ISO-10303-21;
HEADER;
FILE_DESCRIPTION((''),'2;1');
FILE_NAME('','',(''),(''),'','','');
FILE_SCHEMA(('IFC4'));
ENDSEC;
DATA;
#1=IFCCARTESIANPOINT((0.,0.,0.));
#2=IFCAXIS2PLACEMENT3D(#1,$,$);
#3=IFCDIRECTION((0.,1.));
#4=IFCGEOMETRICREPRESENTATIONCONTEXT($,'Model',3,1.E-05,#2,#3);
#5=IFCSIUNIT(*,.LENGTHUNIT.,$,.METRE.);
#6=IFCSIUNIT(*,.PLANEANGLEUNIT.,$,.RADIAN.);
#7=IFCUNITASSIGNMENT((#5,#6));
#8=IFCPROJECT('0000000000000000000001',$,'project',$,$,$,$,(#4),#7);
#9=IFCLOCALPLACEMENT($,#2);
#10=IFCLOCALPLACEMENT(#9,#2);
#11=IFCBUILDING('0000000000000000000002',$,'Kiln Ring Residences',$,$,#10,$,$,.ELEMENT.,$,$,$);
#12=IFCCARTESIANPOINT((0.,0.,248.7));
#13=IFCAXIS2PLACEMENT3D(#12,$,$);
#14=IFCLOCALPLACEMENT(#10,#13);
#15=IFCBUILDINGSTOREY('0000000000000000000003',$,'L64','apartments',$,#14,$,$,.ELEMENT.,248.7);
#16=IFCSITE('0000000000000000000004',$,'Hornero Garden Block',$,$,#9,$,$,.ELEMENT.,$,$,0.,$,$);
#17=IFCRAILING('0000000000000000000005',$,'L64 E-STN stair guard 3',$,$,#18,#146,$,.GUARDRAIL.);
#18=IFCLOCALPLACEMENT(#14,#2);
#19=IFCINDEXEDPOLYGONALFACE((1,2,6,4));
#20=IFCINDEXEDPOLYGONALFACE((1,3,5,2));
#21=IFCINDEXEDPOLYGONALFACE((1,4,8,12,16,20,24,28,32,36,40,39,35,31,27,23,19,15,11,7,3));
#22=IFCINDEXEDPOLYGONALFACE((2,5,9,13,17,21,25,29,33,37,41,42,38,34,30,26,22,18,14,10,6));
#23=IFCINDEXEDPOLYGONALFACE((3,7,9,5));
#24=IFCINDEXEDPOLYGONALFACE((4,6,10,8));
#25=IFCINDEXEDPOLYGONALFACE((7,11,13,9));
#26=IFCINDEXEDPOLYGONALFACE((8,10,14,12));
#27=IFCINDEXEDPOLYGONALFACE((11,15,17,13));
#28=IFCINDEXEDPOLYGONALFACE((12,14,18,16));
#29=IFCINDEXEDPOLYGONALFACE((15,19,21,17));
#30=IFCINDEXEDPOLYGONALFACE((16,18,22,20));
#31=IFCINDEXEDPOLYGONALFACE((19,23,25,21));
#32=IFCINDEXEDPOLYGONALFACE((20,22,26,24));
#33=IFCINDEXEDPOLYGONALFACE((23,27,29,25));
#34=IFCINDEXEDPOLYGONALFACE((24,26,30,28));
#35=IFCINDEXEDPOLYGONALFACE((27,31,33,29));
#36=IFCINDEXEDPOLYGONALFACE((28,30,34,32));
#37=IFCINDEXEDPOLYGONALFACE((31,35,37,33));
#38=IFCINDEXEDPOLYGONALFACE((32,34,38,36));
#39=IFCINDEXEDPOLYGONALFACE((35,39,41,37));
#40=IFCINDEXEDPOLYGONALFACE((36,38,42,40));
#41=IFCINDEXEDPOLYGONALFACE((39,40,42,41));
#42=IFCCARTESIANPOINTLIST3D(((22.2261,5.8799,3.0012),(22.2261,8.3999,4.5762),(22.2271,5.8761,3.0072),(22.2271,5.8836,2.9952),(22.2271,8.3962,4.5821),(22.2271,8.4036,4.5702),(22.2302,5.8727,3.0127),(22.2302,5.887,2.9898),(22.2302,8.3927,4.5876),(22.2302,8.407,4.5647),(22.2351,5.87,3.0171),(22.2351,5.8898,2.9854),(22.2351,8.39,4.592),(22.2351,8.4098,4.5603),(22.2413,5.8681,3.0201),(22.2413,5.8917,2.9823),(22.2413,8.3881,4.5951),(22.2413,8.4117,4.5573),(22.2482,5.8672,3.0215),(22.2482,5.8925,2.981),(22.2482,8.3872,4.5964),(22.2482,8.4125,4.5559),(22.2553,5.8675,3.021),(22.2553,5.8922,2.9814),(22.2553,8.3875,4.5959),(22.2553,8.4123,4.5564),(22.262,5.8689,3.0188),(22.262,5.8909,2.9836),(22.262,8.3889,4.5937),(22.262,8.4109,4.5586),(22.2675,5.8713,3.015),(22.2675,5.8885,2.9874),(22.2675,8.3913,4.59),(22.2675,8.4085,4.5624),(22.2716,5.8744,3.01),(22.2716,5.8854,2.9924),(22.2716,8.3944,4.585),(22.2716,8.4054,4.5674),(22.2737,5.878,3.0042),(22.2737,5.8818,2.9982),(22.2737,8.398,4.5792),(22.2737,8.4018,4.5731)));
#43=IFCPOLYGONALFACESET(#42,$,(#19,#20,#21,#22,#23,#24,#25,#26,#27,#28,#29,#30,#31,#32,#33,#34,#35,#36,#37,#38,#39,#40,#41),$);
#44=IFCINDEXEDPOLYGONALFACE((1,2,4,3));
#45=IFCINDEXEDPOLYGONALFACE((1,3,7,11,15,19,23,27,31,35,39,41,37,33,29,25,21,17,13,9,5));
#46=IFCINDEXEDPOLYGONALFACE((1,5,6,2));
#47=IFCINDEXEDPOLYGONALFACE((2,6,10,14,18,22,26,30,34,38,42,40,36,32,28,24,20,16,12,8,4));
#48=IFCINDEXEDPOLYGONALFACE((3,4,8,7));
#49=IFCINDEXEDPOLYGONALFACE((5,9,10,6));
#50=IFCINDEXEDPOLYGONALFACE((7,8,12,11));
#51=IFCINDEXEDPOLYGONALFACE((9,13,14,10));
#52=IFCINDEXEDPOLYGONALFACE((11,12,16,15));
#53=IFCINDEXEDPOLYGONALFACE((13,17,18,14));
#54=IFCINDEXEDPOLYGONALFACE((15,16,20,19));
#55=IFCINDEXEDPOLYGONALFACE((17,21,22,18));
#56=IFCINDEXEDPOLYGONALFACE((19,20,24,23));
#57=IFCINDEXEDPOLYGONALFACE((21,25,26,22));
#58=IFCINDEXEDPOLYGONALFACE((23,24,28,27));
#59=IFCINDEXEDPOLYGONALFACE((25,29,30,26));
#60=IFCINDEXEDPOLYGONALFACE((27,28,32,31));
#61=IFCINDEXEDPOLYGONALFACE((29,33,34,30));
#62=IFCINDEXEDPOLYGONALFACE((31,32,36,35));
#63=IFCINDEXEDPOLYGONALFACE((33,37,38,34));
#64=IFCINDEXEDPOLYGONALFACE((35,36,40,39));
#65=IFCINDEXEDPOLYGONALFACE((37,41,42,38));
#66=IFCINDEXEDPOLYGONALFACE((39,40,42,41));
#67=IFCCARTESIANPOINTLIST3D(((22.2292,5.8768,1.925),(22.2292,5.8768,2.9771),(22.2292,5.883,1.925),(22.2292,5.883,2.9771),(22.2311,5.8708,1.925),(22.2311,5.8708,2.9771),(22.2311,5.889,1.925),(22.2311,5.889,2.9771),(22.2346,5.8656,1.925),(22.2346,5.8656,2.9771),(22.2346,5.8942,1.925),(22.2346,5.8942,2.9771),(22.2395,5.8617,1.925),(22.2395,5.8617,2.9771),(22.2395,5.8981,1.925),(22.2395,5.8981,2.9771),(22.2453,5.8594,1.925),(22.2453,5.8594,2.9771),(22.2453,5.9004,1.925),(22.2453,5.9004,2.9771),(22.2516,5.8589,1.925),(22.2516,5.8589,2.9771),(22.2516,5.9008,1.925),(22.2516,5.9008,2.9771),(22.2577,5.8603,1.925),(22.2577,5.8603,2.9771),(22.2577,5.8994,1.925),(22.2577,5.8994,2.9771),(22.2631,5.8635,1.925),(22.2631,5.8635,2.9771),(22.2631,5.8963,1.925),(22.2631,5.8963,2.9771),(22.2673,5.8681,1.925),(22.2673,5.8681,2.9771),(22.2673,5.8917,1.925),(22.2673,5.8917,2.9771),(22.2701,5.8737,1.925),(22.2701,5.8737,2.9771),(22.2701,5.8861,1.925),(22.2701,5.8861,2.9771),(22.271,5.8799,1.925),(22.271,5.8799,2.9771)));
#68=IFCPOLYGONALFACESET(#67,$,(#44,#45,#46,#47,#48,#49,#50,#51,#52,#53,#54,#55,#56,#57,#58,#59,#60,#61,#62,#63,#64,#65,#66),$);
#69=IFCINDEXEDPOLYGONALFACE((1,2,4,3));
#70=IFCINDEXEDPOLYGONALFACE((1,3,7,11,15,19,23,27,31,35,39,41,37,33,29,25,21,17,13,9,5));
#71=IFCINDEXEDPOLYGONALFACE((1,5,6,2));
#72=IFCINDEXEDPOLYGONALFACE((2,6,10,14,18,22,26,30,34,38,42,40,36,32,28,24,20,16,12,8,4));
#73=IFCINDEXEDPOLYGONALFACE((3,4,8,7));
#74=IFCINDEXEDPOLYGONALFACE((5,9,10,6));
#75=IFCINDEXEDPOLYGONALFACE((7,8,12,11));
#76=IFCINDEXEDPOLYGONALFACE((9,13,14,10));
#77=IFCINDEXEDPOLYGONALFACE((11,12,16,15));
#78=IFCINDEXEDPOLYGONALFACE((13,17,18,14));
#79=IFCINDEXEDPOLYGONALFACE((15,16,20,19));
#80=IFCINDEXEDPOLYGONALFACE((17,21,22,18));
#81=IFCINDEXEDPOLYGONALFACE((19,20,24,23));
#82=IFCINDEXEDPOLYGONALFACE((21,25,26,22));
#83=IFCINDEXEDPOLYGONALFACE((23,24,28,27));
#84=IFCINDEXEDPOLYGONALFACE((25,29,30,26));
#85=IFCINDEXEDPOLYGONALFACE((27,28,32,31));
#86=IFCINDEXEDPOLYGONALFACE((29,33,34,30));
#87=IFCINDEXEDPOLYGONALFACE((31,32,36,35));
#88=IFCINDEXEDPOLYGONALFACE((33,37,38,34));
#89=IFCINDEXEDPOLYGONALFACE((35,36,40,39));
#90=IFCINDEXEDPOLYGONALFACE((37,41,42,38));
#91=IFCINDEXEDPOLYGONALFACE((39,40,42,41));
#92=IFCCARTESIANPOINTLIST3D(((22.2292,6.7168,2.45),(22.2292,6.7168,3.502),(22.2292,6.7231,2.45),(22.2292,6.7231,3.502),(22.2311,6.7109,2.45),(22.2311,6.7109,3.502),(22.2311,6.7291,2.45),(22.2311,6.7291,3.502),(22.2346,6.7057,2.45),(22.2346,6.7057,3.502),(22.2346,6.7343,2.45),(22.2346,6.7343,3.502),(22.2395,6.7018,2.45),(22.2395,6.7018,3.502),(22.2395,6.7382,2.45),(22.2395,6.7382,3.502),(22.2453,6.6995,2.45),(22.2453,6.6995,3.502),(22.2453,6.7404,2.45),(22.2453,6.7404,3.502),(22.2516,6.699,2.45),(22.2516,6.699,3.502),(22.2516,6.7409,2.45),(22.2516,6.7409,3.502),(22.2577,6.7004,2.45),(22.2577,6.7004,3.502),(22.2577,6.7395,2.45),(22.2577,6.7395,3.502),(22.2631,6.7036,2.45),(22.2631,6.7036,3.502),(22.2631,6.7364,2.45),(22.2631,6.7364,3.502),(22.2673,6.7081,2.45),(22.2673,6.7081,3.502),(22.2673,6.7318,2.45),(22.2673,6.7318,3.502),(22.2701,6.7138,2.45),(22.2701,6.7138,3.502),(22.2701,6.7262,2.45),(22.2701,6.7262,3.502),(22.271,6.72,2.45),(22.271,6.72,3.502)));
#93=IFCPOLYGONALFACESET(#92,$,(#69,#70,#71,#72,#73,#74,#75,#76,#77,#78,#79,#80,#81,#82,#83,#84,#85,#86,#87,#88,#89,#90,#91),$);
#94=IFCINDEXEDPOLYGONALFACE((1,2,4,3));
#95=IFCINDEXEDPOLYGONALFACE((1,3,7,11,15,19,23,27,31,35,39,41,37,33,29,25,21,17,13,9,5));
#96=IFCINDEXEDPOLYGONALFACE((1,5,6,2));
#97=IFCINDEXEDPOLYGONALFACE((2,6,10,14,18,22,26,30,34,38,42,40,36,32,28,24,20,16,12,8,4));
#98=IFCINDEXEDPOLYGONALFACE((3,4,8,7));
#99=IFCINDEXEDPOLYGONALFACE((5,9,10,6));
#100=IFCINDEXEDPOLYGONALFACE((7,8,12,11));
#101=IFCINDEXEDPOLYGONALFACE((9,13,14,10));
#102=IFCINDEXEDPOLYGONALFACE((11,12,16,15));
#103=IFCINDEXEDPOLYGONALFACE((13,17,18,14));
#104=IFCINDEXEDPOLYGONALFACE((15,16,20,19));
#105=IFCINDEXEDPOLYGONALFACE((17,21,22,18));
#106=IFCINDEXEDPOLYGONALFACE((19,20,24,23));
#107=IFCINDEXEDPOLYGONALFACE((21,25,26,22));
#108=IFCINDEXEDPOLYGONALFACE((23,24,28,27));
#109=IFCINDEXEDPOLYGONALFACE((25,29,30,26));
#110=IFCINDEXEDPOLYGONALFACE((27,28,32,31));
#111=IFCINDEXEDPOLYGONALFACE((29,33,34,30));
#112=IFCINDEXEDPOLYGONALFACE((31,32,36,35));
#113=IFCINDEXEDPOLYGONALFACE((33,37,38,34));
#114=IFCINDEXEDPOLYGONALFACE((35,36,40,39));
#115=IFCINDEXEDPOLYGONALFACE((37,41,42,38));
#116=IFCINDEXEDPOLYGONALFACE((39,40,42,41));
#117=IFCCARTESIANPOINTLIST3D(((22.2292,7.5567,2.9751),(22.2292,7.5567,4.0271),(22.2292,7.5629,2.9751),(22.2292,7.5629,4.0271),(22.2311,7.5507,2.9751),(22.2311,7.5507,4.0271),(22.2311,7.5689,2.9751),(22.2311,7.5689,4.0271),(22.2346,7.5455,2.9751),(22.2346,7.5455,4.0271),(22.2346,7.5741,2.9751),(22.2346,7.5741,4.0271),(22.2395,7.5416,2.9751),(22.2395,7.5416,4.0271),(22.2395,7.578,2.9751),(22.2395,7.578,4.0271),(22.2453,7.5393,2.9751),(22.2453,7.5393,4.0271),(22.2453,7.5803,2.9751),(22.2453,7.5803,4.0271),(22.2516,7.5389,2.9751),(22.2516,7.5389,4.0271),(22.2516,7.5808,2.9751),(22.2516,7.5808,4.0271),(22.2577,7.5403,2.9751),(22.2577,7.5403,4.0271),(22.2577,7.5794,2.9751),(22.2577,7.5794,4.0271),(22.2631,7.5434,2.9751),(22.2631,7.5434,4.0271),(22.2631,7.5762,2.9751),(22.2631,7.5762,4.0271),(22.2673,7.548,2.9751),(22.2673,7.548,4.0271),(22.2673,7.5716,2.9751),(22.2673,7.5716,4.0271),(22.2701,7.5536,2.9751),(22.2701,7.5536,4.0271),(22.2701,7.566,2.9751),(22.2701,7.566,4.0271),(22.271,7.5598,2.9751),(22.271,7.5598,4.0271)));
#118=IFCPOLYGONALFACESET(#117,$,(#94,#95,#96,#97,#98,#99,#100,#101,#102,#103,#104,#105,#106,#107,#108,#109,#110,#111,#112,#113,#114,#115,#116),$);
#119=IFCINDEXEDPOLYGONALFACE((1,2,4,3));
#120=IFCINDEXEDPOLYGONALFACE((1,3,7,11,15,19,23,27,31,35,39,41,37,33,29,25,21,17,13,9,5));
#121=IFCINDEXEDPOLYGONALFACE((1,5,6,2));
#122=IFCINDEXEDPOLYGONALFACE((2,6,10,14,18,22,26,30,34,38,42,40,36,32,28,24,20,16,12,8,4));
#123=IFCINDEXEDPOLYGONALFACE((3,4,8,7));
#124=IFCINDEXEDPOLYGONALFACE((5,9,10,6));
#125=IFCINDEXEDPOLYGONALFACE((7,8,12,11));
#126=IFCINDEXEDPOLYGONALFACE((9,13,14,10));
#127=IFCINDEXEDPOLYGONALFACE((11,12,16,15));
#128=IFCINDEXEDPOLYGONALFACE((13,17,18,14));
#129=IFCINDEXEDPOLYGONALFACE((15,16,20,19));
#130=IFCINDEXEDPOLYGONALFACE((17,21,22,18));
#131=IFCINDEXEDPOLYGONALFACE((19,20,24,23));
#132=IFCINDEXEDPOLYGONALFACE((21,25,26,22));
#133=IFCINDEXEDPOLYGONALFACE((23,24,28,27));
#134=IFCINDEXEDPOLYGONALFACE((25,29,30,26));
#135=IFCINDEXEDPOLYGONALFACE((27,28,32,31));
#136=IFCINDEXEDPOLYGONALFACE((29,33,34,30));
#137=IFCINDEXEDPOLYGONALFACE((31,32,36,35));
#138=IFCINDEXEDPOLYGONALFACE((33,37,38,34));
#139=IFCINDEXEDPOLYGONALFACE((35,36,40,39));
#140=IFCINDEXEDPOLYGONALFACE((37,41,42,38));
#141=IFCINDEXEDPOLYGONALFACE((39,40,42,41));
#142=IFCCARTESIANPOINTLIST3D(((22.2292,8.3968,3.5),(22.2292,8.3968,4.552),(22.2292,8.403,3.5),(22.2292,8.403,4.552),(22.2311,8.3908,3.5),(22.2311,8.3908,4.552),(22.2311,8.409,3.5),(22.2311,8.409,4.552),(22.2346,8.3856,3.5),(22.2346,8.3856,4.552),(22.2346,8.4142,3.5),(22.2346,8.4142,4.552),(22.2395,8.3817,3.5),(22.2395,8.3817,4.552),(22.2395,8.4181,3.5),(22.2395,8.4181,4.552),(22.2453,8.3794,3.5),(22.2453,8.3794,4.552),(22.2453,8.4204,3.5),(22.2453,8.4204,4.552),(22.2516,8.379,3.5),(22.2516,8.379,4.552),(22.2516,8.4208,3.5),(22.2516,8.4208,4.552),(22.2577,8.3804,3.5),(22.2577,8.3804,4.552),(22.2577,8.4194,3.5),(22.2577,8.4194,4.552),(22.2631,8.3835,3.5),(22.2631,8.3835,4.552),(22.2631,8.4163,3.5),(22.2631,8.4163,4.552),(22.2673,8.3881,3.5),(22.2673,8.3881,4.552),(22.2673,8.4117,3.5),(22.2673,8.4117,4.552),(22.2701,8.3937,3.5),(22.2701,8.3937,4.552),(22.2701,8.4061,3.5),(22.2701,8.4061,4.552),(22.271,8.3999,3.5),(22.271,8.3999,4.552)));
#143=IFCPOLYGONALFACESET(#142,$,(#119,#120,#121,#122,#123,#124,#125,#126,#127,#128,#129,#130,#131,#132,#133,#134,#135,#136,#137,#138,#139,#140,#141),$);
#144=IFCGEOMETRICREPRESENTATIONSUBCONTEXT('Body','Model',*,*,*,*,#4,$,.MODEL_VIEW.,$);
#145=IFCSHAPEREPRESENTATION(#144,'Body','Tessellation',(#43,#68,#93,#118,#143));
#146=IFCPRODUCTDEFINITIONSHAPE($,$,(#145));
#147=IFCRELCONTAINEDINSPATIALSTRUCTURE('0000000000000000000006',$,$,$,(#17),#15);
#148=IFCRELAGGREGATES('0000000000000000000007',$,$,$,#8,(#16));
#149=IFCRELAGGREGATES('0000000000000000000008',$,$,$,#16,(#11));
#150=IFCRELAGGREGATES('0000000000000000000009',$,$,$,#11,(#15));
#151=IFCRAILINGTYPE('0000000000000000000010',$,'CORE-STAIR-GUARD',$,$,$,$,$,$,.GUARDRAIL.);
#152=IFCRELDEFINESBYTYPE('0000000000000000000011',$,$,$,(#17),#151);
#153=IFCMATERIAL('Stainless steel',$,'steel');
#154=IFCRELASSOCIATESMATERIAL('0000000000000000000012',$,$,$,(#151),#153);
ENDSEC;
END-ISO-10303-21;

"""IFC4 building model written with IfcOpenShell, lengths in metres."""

from ifc_helpers import new_model, si_unit, direction, frame, origin, origin_2d, place, context, subcontext, project, spatial, circle, extrude, material, type_object, element, save


model = new_model("IFC4")

# Units and contexts
model_context = context("Model", 3, precision=1e-05, world=origin(), true_north=direction((0.0, 1.0)))
body_context = subcontext(model_context, "Body", "Model", "MODEL_VIEW")
ifc_project = project(units=[si_unit("LENGTHUNIT", "METRE"), si_unit("PLANEANGLEUNIT", "RADIAN")], contexts=[model_context])

# Site, building, storey
site_placement = place(None, origin())
site = spatial("IfcSite", under=ifc_project, at=site_placement, Name="Hornero Garden Block", CompositionType="ELEMENT", RefElevation=0.0)
building_placement = place(site_placement, origin())
building = spatial("IfcBuilding", under=site, at=building_placement, Name="Kiln Ring Residences", CompositionType="ELEMENT")
storey_placement = place(building_placement, frame((0.0, 0.0, 248.7)))
storey = spatial("IfcBuildingStorey", under=building, at=storey_placement, Name="L64", Description="apartments", CompositionType="ELEMENT", Elevation=248.7)

# Railing
ifc_material_1 = material(Name="Stainless steel", Category="steel")
railing_type_1 = type_object("IfcRailingType", Name="CORE-STAIR-GUARD", PredefinedType="GUARDRAIL", material=ifc_material_1)
railing_1_placement = place(storey_placement, frame((22.25, 5.8799, 1.925)))
element("IfcRailing", 1, at=railing_1_placement, inside=storey, type_object=railing_type_1, Name="L64 E-STN stair guard 3", PredefinedType="GUARDRAIL", context=body_context, shape_type="SweptSolid", body=[
    extrude(circle(Radius=0.0239, at=origin_2d()), frame((0.0, 0.0, 1.0762), z_axis=(0.0, 0.848008, 0.529984), x_axis=(-1.0, 0.0, 0.0)), (0.0, 0.0, 1.0), 2.9717),
    extrude(circle(Radius=0.021, at=origin_2d()), origin(), (0.0, 0.0, 1.0), 1.052),
    extrude(circle(Radius=0.021, at=origin_2d()), frame((0.0, 0.8401, 0.5249)), (0.0, 0.0, 1.0), 1.052),
    extrude(circle(Radius=0.021, at=origin_2d()), frame((0.0, 1.6799, 1.05)), (0.0, 0.0, 1.0), 1.052),
    extrude(circle(Radius=0.021, at=origin_2d()), frame((0.0, 2.52, 1.575)), (0.0, 0.0, 1.0), 1.052),
])

save(model, "model.ifc")
